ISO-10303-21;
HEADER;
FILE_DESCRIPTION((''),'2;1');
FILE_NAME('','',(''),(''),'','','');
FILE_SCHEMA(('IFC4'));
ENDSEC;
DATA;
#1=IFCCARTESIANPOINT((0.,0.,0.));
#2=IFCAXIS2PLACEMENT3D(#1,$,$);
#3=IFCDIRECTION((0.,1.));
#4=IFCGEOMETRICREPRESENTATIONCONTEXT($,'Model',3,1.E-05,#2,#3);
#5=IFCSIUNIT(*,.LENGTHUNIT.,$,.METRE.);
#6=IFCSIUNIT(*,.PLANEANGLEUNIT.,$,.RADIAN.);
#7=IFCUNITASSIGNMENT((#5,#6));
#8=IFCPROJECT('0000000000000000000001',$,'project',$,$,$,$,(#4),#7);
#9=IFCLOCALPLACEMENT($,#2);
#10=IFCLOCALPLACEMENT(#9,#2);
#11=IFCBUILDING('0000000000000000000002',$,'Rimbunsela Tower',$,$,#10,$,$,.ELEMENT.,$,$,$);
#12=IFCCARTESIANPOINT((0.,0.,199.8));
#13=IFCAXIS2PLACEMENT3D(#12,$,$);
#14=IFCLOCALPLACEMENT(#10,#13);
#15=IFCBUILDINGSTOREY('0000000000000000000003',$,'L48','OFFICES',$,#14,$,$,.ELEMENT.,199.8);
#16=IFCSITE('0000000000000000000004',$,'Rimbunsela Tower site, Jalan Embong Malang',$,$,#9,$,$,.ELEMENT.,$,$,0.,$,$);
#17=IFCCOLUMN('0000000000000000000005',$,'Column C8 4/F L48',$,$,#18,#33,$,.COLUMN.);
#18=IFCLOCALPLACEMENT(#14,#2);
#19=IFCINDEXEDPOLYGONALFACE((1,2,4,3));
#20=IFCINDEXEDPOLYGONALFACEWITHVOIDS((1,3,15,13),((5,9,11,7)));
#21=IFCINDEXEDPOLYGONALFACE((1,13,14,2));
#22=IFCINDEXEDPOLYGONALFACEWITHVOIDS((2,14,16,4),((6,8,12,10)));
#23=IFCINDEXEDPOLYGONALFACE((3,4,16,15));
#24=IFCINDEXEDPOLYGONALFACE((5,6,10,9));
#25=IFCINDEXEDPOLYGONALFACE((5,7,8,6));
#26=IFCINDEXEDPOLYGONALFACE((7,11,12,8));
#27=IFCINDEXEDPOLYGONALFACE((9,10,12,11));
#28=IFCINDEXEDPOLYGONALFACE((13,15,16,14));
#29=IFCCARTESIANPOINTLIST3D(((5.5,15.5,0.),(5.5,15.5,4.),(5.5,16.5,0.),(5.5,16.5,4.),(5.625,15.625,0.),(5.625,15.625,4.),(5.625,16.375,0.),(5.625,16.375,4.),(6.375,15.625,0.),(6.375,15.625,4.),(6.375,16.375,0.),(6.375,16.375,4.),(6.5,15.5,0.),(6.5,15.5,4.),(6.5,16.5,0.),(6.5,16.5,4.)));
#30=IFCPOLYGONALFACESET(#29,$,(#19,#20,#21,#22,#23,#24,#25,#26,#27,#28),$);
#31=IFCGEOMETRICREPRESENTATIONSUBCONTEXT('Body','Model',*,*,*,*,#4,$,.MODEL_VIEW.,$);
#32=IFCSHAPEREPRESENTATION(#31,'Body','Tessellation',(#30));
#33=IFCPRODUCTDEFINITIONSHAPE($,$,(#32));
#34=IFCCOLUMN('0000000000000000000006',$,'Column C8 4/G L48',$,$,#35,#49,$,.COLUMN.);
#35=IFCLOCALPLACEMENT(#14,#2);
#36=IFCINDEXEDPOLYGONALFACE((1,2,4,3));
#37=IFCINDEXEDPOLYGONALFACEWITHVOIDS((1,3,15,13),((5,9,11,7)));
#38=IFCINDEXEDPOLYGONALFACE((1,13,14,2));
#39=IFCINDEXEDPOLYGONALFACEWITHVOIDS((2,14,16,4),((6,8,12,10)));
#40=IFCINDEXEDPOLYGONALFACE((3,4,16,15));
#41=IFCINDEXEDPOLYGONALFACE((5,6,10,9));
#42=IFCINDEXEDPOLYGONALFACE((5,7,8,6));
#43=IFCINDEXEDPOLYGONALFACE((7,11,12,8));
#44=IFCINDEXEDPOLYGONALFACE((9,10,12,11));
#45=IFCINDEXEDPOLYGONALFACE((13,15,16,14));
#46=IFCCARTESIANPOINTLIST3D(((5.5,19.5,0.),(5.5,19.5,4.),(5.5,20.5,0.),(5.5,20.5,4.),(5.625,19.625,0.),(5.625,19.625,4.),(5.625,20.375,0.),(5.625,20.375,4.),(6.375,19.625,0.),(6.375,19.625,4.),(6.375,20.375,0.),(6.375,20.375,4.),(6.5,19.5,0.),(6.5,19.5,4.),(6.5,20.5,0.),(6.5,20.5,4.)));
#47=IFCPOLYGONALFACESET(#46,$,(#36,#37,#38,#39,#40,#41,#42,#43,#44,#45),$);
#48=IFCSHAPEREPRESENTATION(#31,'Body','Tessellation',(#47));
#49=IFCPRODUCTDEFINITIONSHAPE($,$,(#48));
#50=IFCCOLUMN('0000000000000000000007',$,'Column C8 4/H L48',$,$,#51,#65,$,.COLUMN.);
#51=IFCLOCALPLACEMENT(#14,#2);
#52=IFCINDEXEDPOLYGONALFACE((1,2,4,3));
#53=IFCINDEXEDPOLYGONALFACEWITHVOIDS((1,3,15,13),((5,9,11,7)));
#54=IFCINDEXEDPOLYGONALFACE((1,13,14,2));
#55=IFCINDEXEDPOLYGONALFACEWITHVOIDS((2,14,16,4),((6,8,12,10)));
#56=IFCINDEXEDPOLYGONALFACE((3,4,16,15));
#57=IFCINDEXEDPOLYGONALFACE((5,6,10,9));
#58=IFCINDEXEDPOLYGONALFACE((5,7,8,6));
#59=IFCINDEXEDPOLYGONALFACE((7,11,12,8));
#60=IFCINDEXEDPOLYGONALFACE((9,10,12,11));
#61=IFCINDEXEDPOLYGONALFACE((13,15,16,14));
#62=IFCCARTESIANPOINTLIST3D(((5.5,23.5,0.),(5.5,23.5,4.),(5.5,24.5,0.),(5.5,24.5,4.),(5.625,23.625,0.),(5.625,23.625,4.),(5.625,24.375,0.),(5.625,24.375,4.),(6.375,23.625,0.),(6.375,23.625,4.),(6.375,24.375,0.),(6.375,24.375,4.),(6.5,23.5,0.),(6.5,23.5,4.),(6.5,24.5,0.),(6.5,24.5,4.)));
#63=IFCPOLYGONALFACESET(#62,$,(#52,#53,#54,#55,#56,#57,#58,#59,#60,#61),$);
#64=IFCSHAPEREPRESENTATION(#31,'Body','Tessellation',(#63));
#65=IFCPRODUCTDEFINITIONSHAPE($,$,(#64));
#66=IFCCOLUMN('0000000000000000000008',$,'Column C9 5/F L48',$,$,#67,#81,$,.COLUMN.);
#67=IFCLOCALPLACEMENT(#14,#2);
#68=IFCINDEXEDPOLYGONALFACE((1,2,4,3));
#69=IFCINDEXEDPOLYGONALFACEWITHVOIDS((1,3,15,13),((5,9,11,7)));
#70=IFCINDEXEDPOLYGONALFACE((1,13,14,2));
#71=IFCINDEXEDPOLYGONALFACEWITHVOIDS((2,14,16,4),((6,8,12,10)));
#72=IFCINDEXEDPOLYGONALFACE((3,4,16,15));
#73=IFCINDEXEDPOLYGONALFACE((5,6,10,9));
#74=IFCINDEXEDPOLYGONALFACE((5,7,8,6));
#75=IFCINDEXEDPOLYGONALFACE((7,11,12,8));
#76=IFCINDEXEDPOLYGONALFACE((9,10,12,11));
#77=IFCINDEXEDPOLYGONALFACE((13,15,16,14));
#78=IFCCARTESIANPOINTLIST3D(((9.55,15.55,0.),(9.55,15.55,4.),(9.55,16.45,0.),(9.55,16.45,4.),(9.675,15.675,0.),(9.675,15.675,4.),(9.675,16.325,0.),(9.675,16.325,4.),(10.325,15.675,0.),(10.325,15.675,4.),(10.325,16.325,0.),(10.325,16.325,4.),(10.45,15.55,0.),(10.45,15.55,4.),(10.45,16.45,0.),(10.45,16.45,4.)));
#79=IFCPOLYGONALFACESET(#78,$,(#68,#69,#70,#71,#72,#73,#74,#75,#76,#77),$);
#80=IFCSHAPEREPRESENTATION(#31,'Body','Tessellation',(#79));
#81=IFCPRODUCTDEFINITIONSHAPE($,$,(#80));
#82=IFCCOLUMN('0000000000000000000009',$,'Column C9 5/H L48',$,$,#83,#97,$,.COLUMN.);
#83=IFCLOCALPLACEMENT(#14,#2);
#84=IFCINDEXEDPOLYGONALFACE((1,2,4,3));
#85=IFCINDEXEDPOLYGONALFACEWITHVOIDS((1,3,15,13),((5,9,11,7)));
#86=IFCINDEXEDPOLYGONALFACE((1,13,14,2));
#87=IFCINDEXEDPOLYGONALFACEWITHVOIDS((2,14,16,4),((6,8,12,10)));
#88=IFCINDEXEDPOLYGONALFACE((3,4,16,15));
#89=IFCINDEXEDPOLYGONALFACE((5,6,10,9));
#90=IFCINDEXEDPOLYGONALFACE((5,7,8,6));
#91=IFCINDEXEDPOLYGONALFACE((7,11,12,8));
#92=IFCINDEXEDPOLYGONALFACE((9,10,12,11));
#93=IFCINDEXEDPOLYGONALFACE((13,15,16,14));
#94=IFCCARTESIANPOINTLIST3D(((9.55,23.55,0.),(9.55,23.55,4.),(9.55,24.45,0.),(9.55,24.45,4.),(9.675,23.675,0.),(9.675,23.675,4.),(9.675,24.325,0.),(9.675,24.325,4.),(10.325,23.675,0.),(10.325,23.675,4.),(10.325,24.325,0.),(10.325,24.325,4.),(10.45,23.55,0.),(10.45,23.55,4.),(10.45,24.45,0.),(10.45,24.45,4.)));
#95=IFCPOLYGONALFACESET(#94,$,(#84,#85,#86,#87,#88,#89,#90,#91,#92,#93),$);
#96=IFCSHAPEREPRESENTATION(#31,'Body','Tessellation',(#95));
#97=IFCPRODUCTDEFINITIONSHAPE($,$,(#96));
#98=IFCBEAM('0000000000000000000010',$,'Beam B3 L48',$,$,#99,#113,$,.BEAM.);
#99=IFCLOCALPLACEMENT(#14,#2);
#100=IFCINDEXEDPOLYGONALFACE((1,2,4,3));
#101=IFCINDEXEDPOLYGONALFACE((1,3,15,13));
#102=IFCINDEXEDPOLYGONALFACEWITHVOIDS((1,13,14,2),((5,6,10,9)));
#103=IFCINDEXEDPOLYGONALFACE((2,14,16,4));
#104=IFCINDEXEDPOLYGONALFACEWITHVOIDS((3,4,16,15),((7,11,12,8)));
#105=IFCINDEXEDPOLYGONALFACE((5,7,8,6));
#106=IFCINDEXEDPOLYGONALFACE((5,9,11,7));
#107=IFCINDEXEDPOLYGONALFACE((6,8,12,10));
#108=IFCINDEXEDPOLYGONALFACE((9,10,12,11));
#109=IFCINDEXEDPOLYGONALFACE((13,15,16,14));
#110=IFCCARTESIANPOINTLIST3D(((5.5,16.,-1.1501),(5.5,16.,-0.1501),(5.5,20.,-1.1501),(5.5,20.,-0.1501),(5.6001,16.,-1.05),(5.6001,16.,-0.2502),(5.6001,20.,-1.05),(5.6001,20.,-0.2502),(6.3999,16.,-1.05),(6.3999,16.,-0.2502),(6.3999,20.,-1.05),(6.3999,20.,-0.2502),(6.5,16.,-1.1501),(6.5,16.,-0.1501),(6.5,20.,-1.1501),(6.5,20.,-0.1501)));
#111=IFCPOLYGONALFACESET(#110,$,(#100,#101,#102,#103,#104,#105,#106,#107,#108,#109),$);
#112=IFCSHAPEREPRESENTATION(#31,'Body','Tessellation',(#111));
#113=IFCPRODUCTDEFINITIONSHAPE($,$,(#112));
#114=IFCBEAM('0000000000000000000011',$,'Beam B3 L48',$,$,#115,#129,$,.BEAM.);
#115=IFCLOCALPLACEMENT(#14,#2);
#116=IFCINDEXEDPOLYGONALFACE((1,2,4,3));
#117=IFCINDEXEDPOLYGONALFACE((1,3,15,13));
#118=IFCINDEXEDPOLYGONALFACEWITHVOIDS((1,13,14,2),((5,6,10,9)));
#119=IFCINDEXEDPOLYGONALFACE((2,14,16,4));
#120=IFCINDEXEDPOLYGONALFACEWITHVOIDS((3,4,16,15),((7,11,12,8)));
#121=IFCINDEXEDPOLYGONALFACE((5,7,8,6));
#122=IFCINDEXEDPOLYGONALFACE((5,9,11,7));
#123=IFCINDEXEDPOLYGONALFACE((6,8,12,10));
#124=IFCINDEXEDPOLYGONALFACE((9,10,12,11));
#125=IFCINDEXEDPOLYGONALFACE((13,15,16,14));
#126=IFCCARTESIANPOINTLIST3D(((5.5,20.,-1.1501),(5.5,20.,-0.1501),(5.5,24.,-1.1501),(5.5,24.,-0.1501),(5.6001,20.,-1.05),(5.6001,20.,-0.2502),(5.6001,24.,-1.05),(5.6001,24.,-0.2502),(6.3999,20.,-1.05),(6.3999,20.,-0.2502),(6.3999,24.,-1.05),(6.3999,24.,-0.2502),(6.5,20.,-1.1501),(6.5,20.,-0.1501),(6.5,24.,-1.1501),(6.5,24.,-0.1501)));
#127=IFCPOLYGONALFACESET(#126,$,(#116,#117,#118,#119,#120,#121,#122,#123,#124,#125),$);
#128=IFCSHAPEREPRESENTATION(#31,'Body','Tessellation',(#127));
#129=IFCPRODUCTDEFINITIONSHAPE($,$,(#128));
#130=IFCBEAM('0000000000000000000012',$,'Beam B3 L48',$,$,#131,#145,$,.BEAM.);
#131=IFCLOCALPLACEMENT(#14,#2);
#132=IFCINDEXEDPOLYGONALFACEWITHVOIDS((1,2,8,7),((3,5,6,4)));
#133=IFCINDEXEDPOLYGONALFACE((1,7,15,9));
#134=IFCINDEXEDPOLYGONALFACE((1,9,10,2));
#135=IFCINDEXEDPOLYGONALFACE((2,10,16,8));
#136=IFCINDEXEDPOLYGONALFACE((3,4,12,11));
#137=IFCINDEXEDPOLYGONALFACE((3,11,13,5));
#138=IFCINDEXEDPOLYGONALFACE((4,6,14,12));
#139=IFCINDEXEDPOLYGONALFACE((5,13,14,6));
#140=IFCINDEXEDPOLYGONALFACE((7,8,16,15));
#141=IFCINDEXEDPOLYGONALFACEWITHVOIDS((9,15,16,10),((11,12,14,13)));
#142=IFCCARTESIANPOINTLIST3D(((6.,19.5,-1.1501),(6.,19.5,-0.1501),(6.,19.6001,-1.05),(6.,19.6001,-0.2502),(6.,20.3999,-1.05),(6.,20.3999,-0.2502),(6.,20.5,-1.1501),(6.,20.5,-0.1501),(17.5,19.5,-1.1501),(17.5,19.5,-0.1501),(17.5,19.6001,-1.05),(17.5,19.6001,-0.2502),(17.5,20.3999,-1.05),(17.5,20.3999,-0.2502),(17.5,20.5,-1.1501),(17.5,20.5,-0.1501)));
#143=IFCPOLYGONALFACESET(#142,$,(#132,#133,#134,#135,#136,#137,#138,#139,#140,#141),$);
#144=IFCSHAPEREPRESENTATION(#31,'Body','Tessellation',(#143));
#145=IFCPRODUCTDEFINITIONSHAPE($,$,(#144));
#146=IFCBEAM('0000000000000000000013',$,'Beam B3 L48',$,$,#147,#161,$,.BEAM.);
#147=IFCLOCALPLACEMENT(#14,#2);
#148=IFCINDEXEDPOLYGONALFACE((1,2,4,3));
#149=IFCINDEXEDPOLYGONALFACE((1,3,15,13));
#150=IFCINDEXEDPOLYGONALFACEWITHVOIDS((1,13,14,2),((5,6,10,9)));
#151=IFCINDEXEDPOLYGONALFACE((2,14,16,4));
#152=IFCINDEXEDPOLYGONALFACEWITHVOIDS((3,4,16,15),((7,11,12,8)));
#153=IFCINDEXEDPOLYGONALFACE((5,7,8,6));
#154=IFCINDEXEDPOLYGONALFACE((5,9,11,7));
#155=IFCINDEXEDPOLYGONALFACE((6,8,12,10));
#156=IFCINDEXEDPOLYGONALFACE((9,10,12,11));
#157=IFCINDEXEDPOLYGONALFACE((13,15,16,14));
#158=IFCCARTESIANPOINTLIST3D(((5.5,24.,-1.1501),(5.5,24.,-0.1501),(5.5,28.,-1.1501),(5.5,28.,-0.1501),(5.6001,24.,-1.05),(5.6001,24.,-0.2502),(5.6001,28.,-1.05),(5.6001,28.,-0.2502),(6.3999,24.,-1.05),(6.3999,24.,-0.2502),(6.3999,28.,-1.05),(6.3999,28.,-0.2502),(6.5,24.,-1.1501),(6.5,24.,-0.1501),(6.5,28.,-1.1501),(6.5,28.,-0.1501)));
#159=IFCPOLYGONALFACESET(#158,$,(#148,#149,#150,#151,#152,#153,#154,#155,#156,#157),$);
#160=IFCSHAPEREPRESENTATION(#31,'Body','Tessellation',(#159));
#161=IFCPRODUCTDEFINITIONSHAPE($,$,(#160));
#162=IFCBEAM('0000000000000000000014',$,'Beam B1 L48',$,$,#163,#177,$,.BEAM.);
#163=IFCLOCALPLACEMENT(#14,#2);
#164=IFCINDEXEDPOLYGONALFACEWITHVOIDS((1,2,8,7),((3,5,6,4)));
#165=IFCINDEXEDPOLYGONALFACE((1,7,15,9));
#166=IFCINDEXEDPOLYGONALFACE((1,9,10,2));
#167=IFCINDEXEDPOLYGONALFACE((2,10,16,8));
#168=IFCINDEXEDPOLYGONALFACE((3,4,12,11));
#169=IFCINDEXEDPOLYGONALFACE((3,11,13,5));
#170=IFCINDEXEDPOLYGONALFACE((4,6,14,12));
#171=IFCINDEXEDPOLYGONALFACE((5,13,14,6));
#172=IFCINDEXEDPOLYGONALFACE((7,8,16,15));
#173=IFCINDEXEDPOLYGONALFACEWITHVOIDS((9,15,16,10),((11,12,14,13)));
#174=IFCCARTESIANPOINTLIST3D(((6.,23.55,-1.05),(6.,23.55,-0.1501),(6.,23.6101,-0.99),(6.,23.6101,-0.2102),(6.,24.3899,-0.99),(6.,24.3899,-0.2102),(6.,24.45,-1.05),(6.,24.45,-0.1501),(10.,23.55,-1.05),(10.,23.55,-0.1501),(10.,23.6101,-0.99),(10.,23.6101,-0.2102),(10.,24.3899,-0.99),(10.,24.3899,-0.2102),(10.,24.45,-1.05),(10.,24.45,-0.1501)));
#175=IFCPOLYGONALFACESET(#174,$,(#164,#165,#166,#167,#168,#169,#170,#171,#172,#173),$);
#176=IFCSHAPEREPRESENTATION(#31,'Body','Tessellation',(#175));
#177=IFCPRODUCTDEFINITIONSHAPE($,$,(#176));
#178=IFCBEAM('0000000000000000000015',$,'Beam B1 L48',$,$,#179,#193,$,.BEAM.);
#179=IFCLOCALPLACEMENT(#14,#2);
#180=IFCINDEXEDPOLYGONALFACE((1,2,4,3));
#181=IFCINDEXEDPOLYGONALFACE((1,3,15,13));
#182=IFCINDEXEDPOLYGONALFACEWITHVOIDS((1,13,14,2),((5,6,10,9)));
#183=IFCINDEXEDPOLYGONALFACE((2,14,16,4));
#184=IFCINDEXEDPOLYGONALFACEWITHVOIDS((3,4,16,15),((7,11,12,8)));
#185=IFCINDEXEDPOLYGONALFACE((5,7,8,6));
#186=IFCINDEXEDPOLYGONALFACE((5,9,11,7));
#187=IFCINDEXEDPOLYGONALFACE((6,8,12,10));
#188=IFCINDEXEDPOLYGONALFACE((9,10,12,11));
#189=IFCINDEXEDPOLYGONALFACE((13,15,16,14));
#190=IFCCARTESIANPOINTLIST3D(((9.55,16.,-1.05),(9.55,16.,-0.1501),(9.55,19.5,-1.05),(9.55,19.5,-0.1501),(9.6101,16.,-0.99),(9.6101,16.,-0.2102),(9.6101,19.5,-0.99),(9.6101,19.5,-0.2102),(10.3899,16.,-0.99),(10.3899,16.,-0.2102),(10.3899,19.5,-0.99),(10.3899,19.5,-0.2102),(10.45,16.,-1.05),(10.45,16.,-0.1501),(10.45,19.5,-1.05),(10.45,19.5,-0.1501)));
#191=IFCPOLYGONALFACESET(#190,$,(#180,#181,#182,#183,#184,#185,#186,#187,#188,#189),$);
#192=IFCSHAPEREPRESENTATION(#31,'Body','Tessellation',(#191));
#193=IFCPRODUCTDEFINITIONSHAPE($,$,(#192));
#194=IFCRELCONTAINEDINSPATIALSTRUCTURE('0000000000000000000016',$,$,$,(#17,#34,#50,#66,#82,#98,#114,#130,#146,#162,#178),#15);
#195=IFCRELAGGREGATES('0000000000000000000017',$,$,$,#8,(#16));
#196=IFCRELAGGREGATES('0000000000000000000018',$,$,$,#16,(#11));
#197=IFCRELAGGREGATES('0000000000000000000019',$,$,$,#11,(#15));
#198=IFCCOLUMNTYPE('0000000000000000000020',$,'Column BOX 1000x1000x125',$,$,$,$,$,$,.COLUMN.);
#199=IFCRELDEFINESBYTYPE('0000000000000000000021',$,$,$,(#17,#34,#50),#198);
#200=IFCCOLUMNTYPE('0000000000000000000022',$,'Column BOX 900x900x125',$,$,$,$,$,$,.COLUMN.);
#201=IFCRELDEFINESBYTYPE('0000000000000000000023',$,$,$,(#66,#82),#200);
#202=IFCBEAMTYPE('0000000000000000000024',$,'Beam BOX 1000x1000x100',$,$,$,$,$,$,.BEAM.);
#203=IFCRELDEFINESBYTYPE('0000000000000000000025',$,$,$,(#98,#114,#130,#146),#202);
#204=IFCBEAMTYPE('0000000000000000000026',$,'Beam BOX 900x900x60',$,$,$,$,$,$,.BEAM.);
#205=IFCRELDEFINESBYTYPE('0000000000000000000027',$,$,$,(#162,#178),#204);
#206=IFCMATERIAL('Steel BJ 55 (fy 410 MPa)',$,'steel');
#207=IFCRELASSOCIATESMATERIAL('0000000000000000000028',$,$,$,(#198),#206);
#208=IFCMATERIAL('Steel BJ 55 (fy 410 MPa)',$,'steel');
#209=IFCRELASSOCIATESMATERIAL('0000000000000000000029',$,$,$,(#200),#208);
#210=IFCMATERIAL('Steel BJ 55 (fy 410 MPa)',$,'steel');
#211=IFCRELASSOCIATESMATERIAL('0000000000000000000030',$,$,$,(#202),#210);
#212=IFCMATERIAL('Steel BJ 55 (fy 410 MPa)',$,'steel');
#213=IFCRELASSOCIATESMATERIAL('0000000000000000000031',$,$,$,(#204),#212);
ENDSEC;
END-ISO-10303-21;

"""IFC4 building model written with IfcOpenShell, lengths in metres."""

from ifc_helpers import new_model, si_unit, direction, frame, origin, origin_2d, place, context, subcontext, project, spatial, hollow_rectangle, extrude, material, material_profile, profile_set, type_object, element, save


model = new_model("IFC4")

# Units and contexts
model_context = context("Model", 3, precision=1e-05, world=origin(), true_north=direction((0.0, 1.0)))
body_context = subcontext(model_context, "Body", "Model", "MODEL_VIEW")
ifc_project = project(units=[si_unit("LENGTHUNIT", "METRE"), si_unit("PLANEANGLEUNIT", "RADIAN")], contexts=[model_context])

# Site, building, storey
site_placement = place(None, origin())
site = spatial("IfcSite", under=ifc_project, at=site_placement, Name="Rimbunsela Tower site, Jalan Embong Malang", CompositionType="ELEMENT", RefElevation=0.0)
building_placement = place(site_placement, origin())
building = spatial("IfcBuilding", under=site, at=building_placement, Name="Rimbunsela Tower", CompositionType="ELEMENT")
storey_placement = place(building_placement, frame((0.0, 0.0, 199.8)))
storey = spatial("IfcBuildingStorey", under=building, at=storey_placement, Name="L48", Description="OFFICES", CompositionType="ELEMENT", Elevation=199.8)

# Columns
ifc_material_1 = material(Name="Steel BJ 55 (fy 410 MPa)", Category="steel")
ifc_material_profile_1 = material_profile(ifc_material_1, hollow_rectangle(XDim=1.0, YDim=1.0, WallThickness=0.125, at=origin_2d()), Name="BOX 1000x1000x125")
ifc_profile_set_1 = profile_set([ifc_material_profile_1], Name="Steel BJ 55 (fy 410 MPa)")
column_type_1 = type_object("IfcColumnType", Name="Column BOX 1000x1000x125", PredefinedType="COLUMN", material=ifc_profile_set_1)
for number, where, z_axis, x_axis, name in (
    (1, (6.0, 16.0, 0.0), (0.0, 0.0, 1.0), (1.0, 0.0, 0.0), "Column C8 4/F L48"),
    (2, (6.0, 20.0, 0.0), (0.0, 0.0, 1.0), (1.0, 0.0, 0.0), "Column C8 4/G L48"),
    (3, (6.0, 24.0, 0.0), (0.0, 0.0, 1.0), (1.0, 0.0, 0.0), "Column C8 4/H L48"),
):
    element("IfcColumn", number, at=place(storey_placement, frame(where, z_axis=z_axis, x_axis=x_axis)), inside=storey, type_object=column_type_1, Name=name, PredefinedType="COLUMN", context=body_context, shape_type="SweptSolid", body=[
        extrude(hollow_rectangle(XDim=1.0, YDim=1.0, WallThickness=0.125, at=origin_2d()), origin(), (0.0, 0.0, 1.0), 4.0),
    ])
ifc_material_2 = material(Name="Steel BJ 55 (fy 410 MPa)", Category="steel")
ifc_material_profile_2 = material_profile(ifc_material_2, hollow_rectangle(XDim=0.8999, YDim=0.8999, WallThickness=0.125, at=origin_2d()), Name="BOX 900x900x125")
ifc_profile_set_2 = profile_set([ifc_material_profile_2], Name="Steel BJ 55 (fy 410 MPa)")
column_type_2 = type_object("IfcColumnType", Name="Column BOX 900x900x125", PredefinedType="COLUMN", material=ifc_profile_set_2)
for number, where, z_axis, x_axis, name in (
    (4, (10.0, 16.0, 0.0), (0.0, 0.0, 1.0), (1.0, 0.0, 0.0), "Column C9 5/F L48"),
    (5, (10.0, 24.0, 0.0), (0.0, 0.0, 1.0), (1.0, 0.0, 0.0), "Column C9 5/H L48"),
):
    element("IfcColumn", number, at=place(storey_placement, frame(where, z_axis=z_axis, x_axis=x_axis)), inside=storey, type_object=column_type_2, Name=name, PredefinedType="COLUMN", context=body_context, shape_type="SweptSolid", body=[
        extrude(hollow_rectangle(XDim=0.8999, YDim=0.8999, WallThickness=0.125, at=origin_2d()), origin(), (0.0, 0.0, 1.0), 4.0),
    ])

# Beams
ifc_material_3 = material(Name="Steel BJ 55 (fy 410 MPa)", Category="steel")
ifc_material_profile_3 = material_profile(ifc_material_3, hollow_rectangle(XDim=1.0, YDim=1.0, WallThickness=0.1001, at=origin_2d()), Name="BOX 1000x1000x100")
ifc_profile_set_3 = profile_set([ifc_material_profile_3], Name="Steel BJ 55 (fy 410 MPa)")
beam_type_1 = type_object("IfcBeamType", Name="Beam BOX 1000x1000x100", PredefinedType="BEAM", material=ifc_profile_set_3)
for number, where, z_axis, x_axis, name in (
    (6, (6.0, 16.0, -0.6501), (0.0, 1.0, 0.0), (-1.0, 0.0, 0.0), "Beam B3 L48"),
    (7, (6.0, 20.0, -0.6501), (0.0, 1.0, 0.0), (-1.0, 0.0, 0.0), "Beam B3 L48"),
):
    element("IfcBeam", number, at=place(storey_placement, frame(where, z_axis=z_axis, x_axis=x_axis)), inside=storey, type_object=beam_type_1, Name=name, PredefinedType="BEAM", context=body_context, shape_type="SweptSolid", body=[
        extrude(hollow_rectangle(XDim=1.0, YDim=1.0, WallThickness=0.1001, at=origin_2d()), origin(), (0.0, 0.0, 1.0), 4.0),
    ])
beam_1_placement = place(storey_placement, frame((6.0, 20.0, -0.6501), z_axis=(1.0, 0.0, 0.0), x_axis=(0.0, 1.0, 0.0)))
element("IfcBeam", 8, at=beam_1_placement, inside=storey, type_object=beam_type_1, Name="Beam B3 L48", PredefinedType="BEAM", context=body_context, shape_type="SweptSolid", body=[
    extrude(hollow_rectangle(XDim=1.0, YDim=1.0, WallThickness=0.1001, at=origin_2d()), origin(), (0.0, 0.0, 1.0), 11.5),
])
beam_2_placement = place(storey_placement, frame((6.0, 24.0, -0.6501), z_axis=(0.0, 1.0, 0.0), x_axis=(-1.0, 0.0, 0.0)))
element("IfcBeam", 9, at=beam_2_placement, inside=storey, type_object=beam_type_1, Name="Beam B3 L48", PredefinedType="BEAM", context=body_context, shape_type="SweptSolid", body=[
    extrude(hollow_rectangle(XDim=1.0, YDim=1.0, WallThickness=0.1001, at=origin_2d()), origin(), (0.0, 0.0, 1.0), 4.0),
])
ifc_material_4 = material(Name="Steel BJ 55 (fy 410 MPa)", Category="steel")
ifc_material_profile_4 = material_profile(ifc_material_4, hollow_rectangle(XDim=0.8999, YDim=0.8999, WallThickness=0.0601, at=origin_2d()), Name="BOX 900x900x60")
ifc_profile_set_4 = profile_set([ifc_material_profile_4], Name="Steel BJ 55 (fy 410 MPa)")
beam_type_2 = type_object("IfcBeamType", Name="Beam BOX 900x900x60", PredefinedType="BEAM", material=ifc_profile_set_4)
beam_3_placement = place(storey_placement, frame((6.0, 24.0, -0.6001), z_axis=(1.0, 0.0, 0.0), x_axis=(0.0, 1.0, 0.0)))
element("IfcBeam", 10, at=beam_3_placement, inside=storey, type_object=beam_type_2, Name="Beam B1 L48", PredefinedType="BEAM", context=body_context, shape_type="SweptSolid", body=[
    extrude(hollow_rectangle(XDim=0.8999, YDim=0.8999, WallThickness=0.0601, at=origin_2d()), origin(), (0.0, 0.0, 1.0), 4.0),
])
beam_4_placement = place(storey_placement, frame((10.0, 16.0, -0.6001), z_axis=(0.0, 1.0, 0.0), x_axis=(-1.0, 0.0, 0.0)))
element("IfcBeam", 11, at=beam_4_placement, inside=storey, type_object=beam_type_2, Name="Beam B1 L48", PredefinedType="BEAM", context=body_context, shape_type="SweptSolid", body=[
    extrude(hollow_rectangle(XDim=0.8999, YDim=0.8999, WallThickness=0.0601, at=origin_2d()), origin(), (0.0, 0.0, 1.0), 3.5),
])

save(model, "model.ifc")
